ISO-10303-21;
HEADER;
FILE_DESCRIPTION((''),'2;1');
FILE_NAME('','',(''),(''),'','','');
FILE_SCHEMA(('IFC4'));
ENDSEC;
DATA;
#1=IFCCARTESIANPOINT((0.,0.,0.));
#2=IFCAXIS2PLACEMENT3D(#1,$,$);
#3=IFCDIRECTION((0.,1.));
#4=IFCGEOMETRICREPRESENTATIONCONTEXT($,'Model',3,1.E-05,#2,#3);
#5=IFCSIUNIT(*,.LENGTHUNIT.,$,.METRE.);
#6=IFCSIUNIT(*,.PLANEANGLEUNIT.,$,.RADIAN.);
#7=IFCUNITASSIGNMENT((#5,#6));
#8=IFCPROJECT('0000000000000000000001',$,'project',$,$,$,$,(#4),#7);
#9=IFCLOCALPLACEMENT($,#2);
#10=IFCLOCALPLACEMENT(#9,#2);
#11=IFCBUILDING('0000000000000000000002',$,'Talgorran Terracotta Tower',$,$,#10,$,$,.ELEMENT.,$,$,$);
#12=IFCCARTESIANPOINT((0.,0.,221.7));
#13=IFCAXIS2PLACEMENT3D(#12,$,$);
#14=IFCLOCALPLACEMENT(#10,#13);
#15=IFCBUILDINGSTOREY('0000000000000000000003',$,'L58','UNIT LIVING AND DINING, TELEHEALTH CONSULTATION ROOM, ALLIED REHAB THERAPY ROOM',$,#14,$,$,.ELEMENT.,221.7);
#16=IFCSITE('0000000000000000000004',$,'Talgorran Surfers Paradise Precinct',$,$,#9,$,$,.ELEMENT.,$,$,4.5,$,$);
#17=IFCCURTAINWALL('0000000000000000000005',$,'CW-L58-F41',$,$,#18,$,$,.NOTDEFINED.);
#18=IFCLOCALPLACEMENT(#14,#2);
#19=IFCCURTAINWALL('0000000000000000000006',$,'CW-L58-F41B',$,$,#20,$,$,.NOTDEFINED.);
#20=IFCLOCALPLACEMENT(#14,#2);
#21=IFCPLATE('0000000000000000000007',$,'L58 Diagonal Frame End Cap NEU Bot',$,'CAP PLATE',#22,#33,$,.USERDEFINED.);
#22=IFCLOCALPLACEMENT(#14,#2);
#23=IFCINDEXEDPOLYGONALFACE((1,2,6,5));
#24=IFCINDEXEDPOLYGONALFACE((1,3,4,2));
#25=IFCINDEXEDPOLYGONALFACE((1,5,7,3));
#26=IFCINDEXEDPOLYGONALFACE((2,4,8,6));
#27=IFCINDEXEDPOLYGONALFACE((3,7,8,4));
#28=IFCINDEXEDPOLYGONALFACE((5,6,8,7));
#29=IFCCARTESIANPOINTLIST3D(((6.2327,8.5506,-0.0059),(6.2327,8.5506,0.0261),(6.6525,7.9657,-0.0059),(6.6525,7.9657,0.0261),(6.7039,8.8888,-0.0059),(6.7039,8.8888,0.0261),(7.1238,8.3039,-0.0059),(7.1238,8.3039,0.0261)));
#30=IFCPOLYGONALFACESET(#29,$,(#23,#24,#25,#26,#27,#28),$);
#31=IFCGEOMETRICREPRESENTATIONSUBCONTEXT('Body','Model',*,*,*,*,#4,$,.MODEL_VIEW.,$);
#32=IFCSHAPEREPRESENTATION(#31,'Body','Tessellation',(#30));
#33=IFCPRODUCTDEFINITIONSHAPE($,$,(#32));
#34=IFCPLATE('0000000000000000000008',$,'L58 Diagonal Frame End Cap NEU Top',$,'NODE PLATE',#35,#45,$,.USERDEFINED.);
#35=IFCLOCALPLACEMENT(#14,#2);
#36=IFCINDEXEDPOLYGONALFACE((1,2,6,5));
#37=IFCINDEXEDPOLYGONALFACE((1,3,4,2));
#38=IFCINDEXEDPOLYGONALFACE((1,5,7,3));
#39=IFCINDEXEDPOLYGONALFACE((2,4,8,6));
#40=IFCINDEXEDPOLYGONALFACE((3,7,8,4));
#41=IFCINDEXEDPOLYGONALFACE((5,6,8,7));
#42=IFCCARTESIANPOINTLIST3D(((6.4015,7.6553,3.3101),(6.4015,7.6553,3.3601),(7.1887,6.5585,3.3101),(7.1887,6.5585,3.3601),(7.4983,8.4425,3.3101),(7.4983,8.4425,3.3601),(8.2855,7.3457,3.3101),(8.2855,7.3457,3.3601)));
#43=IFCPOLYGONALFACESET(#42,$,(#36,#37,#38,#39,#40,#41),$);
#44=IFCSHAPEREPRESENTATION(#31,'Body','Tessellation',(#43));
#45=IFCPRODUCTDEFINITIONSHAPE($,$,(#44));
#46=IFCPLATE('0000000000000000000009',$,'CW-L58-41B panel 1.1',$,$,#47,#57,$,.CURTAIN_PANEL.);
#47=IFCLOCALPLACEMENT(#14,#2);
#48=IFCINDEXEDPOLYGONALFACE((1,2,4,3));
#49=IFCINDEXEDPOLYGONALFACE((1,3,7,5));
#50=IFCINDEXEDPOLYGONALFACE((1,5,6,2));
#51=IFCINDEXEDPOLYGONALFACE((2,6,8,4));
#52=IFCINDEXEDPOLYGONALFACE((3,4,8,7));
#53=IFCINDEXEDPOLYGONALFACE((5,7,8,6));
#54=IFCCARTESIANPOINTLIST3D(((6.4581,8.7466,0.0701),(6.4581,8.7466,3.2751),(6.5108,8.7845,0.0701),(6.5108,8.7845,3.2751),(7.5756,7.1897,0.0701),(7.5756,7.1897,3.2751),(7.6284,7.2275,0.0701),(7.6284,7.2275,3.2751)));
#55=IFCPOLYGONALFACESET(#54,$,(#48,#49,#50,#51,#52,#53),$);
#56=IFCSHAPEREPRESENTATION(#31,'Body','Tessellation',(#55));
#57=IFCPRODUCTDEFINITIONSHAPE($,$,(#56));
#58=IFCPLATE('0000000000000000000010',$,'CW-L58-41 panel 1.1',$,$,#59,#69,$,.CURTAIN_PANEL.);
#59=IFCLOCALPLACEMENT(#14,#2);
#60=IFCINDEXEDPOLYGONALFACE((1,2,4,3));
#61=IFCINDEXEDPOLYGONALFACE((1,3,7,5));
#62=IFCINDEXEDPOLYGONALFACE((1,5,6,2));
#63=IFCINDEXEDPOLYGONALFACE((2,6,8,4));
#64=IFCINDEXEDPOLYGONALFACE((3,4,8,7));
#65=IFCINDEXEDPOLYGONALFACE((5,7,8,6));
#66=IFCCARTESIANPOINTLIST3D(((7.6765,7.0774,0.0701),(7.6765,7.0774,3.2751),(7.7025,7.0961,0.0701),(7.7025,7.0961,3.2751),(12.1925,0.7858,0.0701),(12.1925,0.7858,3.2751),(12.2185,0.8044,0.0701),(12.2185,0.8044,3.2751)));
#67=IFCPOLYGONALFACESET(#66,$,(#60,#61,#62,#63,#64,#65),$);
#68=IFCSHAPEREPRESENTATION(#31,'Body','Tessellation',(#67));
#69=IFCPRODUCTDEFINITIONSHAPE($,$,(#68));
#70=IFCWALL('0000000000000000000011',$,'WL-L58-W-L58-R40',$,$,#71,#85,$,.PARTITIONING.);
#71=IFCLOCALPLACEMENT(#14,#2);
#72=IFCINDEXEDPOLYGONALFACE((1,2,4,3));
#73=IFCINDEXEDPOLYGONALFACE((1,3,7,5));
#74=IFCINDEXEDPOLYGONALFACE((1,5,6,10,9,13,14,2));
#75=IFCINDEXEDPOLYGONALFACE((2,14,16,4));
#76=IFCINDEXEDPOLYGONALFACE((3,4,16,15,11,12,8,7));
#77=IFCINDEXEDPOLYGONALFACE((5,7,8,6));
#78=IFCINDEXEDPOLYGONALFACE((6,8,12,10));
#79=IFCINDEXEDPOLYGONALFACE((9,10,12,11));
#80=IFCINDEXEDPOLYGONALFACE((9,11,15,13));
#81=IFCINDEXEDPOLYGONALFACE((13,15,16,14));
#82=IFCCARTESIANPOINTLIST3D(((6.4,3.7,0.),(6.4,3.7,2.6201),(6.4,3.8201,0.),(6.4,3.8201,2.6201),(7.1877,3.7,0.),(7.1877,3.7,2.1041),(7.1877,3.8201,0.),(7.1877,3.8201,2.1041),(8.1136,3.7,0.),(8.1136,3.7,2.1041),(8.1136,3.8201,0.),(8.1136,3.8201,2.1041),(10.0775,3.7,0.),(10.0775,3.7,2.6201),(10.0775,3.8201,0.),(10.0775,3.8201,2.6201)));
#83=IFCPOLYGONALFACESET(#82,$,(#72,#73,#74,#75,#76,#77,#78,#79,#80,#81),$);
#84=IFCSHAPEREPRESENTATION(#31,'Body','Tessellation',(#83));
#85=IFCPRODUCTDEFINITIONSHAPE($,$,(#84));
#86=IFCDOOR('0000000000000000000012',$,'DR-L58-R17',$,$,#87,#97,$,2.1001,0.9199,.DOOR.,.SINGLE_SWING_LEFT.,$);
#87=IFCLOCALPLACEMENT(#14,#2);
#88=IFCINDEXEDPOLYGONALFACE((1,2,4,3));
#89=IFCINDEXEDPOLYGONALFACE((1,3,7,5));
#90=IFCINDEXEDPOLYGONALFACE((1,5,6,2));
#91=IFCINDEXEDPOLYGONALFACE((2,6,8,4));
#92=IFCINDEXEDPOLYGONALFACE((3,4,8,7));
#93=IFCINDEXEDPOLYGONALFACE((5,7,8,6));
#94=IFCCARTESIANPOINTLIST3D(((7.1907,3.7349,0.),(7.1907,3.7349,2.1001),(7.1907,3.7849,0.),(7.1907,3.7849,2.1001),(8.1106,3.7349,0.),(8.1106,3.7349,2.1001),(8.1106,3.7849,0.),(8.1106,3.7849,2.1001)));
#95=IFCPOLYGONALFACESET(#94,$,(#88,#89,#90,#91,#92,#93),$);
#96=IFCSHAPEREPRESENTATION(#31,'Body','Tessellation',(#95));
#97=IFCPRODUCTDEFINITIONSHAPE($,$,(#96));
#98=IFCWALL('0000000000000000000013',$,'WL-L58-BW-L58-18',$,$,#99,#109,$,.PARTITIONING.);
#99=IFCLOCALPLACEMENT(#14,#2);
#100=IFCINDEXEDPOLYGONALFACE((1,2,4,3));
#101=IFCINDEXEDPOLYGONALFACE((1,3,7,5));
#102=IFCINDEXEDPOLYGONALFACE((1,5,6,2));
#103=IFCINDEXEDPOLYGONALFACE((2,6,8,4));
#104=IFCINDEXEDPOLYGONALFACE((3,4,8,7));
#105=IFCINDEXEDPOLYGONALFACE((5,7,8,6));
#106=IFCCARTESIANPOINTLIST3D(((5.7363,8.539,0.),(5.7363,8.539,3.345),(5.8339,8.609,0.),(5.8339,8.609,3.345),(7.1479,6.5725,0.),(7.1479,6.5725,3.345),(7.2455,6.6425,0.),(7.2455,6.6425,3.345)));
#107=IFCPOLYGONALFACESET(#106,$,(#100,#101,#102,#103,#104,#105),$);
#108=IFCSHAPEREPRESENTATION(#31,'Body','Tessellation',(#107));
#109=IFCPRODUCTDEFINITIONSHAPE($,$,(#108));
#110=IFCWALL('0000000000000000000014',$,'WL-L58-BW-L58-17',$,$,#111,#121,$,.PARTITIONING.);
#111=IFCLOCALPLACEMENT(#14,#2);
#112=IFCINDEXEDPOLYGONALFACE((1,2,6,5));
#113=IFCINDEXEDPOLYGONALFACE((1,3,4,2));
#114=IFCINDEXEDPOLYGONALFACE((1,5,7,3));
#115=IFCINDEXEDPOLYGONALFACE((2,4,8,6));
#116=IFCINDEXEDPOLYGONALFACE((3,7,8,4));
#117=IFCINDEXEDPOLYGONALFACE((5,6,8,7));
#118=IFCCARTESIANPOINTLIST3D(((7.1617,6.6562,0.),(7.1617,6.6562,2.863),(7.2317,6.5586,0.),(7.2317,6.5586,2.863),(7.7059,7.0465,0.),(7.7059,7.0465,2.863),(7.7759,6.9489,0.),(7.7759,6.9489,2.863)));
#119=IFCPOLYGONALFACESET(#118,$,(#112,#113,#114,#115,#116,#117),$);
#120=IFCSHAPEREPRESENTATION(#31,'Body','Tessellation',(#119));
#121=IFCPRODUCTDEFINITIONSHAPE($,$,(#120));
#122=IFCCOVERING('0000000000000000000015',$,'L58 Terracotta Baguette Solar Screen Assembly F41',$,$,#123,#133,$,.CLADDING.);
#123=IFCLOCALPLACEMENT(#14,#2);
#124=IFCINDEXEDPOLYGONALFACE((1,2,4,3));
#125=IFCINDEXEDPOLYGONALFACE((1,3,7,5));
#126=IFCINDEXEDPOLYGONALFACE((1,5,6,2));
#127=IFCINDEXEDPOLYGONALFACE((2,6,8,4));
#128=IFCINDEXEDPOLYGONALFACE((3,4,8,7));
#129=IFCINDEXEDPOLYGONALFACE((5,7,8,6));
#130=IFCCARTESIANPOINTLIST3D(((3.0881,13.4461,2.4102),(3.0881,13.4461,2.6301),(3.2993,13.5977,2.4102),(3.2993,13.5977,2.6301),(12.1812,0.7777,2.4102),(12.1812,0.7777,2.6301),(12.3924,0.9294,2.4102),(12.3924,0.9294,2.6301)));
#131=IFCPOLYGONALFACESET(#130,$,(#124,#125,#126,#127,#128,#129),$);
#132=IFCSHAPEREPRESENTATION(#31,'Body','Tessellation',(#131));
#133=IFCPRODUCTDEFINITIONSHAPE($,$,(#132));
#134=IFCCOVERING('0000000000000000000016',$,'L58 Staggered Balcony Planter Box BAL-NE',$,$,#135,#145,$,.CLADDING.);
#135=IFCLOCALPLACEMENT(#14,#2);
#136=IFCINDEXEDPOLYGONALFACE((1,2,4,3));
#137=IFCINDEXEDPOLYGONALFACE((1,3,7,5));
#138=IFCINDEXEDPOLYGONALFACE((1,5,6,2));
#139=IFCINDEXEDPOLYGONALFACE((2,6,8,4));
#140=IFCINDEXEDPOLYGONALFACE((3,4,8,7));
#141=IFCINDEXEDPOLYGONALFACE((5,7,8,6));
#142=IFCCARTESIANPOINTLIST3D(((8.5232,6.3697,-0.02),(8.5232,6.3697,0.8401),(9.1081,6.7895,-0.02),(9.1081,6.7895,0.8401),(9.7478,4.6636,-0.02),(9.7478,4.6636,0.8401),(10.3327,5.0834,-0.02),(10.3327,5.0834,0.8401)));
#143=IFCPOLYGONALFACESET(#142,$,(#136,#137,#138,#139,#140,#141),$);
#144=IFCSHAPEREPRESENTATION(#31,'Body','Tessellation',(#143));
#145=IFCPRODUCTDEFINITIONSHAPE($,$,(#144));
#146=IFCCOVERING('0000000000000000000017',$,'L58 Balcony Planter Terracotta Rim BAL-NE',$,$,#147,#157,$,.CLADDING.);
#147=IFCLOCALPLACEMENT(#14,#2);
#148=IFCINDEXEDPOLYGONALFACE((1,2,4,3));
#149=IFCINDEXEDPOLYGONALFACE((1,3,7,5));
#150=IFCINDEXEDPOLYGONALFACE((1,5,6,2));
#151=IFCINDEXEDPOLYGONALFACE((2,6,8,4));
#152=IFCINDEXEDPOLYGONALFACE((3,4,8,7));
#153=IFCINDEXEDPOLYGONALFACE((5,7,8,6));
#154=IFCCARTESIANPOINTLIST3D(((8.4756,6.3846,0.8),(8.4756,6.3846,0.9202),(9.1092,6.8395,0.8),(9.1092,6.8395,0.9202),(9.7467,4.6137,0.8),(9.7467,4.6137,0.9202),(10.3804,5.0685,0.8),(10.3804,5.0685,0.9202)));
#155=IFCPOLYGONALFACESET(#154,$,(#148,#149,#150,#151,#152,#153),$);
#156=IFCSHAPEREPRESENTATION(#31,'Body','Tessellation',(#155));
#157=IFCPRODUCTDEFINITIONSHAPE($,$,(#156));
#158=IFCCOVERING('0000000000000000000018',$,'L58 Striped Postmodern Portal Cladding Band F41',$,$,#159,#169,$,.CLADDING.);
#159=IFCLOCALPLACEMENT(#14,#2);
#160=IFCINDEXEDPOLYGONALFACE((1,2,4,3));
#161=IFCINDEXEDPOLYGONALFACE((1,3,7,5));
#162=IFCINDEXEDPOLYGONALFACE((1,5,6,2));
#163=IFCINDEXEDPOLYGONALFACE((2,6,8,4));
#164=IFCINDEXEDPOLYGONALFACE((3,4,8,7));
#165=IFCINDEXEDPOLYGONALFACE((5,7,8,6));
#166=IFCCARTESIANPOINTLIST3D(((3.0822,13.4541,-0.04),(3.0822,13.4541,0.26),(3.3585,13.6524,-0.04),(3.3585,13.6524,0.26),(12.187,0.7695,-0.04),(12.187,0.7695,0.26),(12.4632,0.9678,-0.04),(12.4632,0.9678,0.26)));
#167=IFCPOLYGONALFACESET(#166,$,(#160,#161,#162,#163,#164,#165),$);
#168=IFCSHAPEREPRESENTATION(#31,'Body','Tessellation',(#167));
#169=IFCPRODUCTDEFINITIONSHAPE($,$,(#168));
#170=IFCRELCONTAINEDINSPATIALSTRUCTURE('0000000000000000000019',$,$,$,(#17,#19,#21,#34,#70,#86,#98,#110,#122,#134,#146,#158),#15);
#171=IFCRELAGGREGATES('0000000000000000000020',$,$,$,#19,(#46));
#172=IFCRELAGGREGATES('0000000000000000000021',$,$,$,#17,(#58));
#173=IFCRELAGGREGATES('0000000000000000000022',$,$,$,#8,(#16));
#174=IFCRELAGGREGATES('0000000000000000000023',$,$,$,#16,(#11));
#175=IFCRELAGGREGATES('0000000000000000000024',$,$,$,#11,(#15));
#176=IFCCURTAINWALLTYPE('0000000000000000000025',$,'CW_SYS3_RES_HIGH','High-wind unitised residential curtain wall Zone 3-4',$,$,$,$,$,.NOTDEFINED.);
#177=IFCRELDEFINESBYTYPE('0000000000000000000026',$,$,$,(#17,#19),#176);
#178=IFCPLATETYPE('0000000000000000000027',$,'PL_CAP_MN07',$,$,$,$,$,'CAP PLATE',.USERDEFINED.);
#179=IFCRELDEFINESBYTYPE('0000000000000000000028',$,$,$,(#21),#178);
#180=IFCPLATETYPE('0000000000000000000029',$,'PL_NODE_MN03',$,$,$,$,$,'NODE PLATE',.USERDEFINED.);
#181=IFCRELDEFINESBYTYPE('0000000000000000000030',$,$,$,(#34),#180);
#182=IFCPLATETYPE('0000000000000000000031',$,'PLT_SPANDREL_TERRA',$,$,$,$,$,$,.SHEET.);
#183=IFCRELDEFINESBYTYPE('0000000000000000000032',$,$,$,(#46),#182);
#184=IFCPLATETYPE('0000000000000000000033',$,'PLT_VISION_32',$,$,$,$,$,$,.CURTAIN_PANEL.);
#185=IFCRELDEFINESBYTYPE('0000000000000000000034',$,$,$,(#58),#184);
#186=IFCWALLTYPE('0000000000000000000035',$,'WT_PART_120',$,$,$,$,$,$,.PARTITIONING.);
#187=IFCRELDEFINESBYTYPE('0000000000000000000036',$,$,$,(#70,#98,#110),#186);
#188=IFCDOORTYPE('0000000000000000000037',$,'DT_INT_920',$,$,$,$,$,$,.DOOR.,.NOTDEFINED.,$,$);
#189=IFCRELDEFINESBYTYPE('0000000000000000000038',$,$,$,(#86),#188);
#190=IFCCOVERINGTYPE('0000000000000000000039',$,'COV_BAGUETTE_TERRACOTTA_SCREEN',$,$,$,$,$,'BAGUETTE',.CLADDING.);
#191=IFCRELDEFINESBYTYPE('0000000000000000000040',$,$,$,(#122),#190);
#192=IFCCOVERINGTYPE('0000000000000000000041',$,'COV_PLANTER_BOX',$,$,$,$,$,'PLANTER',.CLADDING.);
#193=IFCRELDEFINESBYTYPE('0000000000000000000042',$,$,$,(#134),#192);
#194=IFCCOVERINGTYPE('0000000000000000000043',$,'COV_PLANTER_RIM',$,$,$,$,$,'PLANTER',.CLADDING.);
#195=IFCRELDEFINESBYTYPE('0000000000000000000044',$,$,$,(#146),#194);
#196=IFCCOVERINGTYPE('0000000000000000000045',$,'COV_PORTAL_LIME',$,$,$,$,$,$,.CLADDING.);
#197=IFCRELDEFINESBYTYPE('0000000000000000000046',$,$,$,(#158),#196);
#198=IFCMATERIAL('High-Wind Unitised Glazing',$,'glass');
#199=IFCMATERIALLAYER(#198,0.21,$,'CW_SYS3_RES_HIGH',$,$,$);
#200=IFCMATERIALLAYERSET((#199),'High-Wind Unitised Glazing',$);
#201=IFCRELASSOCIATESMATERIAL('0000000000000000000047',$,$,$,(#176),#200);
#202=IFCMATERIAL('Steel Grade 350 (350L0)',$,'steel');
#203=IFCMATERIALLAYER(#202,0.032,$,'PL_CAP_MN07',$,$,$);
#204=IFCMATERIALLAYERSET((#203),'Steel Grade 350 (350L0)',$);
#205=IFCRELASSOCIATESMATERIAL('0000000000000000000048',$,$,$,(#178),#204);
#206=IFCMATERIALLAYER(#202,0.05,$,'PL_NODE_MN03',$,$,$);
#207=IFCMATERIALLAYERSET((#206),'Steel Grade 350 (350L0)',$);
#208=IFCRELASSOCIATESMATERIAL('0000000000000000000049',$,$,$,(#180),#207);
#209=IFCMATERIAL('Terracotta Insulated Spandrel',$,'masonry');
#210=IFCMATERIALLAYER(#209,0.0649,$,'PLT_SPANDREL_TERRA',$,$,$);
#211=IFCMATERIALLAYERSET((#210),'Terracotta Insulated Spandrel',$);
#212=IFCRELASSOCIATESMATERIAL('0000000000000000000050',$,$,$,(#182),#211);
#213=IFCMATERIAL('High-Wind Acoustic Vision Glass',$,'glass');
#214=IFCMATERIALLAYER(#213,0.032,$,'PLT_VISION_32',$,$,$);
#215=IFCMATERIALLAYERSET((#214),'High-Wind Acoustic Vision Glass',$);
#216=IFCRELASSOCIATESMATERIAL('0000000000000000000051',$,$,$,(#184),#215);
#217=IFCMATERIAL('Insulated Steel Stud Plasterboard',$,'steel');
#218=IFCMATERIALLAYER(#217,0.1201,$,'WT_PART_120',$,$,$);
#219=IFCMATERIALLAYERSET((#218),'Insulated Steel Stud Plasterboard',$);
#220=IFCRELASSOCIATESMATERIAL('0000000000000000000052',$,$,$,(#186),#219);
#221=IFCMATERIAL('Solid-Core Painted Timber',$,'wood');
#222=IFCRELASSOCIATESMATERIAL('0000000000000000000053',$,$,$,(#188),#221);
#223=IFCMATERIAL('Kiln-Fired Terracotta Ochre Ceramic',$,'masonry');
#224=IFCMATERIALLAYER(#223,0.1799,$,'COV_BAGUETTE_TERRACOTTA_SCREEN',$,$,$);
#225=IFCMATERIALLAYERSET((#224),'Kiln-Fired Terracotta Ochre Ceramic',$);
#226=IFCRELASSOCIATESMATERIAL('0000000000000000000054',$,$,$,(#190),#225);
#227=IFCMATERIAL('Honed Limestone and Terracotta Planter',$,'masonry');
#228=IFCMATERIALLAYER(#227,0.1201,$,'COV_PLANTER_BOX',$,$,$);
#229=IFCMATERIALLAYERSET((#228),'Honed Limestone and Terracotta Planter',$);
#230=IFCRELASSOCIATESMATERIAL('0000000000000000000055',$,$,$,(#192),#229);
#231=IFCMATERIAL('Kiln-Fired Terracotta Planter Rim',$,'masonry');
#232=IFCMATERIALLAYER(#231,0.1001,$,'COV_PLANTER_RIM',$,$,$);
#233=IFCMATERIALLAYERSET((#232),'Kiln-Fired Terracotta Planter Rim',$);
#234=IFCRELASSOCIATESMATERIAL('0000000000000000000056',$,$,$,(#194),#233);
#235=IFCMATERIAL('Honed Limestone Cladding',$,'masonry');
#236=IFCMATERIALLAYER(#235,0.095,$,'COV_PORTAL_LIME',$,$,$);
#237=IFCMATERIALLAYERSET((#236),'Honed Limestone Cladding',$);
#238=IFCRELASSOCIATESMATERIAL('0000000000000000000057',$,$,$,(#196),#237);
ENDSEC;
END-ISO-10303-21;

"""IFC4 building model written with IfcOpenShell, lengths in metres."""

from ifc_helpers import new_model, si_unit, direction, frame, frame_2d, origin, origin_2d, place, context, subcontext, project, spatial, rectangle, extrude, source, transform, mapped, material, layer, layer_set, type_object, type_shapes, element, fill, aggregate, save


model = new_model("IFC4")

# Units and contexts
model_context = context("Model", 3, precision=1e-05, world=origin(), true_north=direction((0.0, 1.0)))
body_context = subcontext(model_context, "Body", "Model", "MODEL_VIEW")
ifc_project = project(units=[si_unit("LENGTHUNIT", "METRE"), si_unit("PLANEANGLEUNIT", "RADIAN")], contexts=[model_context])

# Site, building, storey
site_placement = place(None, origin())
site = spatial("IfcSite", under=ifc_project, at=site_placement, Name="Talgorran Surfers Paradise Precinct", CompositionType="ELEMENT", RefElevation=4.5)
building_placement = place(site_placement, origin())
building = spatial("IfcBuilding", under=site, at=building_placement, Name="Talgorran Terracotta Tower", CompositionType="ELEMENT")
storey_placement = place(building_placement, frame((0.0, 0.0, 221.7)))
storey = spatial("IfcBuildingStorey", under=building, at=storey_placement, Name="L58", Description="UNIT LIVING AND DINING, TELEHEALTH CONSULTATION ROOM, ALLIED REHAB THERAPY ROOM", CompositionType="ELEMENT", Elevation=221.7)

# Shared definitions
ifc_material_1 = material(Name="Steel Grade 350 (350L0)", Category="steel")

# Curtain wall
ifc_material_2 = material(Name="High-Wind Unitised Glazing", Category="glass")
ifc_layer_1 = layer(ifc_material_2, 0.21, Name="CW_SYS3_RES_HIGH")
ifc_layer_set_1 = layer_set([ifc_layer_1], Name="High-Wind Unitised Glazing")
curtain_wall_type = type_object("IfcCurtainWallType", Name="CW_SYS3_RES_HIGH", Description="High-wind unitised residential curtain wall Zone 3-4", PredefinedType="NOTDEFINED", material=ifc_layer_set_1)
curtain_wall_1_placement = place(storey_placement, origin())
curtain_wall_1 = element("IfcCurtainWall", 1, at=curtain_wall_1_placement, inside=storey, type_object=curtain_wall_type, Name="CW-L58-F41", PredefinedType="NOTDEFINED")

# Curtain wall
curtain_wall_2_placement = place(storey_placement, origin())
curtain_wall_2 = element("IfcCurtainWall", 2, at=curtain_wall_2_placement, inside=storey, type_object=curtain_wall_type, Name="CW-L58-F41B", PredefinedType="NOTDEFINED")

# Plates
ifc_layer_2 = layer(ifc_material_1, 0.032, Name="PL_CAP_MN07")
ifc_layer_set_2 = layer_set([ifc_layer_2], Name="Steel Grade 350 (350L0)")
plate_type_1 = type_object("IfcPlateType", Name="PL_CAP_MN07", ElementType="CAP PLATE", PredefinedType="USERDEFINED", material=ifc_layer_set_2)
plate_1_placement = place(storey_placement, frame((6.6782, 8.4272, -0.0059), z_axis=(0.0, 0.0, 1.0), x_axis=(0.583116, -0.812389, 0.0)))
element("IfcPlate", 3, at=plate_1_placement, inside=storey, type_object=plate_type_1, Name="L58 Diagonal Frame End Cap NEU Bot", ObjectType="CAP PLATE", PredefinedType="USERDEFINED", context=body_context, shape_type="SweptSolid", body=[
    extrude(rectangle(XDim=0.72, YDim=0.5801, at=origin_2d()), origin(), (0.0, 0.0, 1.0), 0.032),
])
ifc_layer_3 = layer(ifc_material_1, 0.05, Name="PL_NODE_MN03")
ifc_layer_set_3 = layer_set([ifc_layer_3], Name="Steel Grade 350 (350L0)")
plate_type_2 = type_object("IfcPlateType", Name="PL_NODE_MN03", ElementType="NODE PLATE", PredefinedType="USERDEFINED", material=ifc_layer_set_3)
plate_2_placement = place(storey_placement, frame((7.3435, 7.5005, 3.3101), z_axis=(0.0, 0.0, 1.0), x_axis=(0.583116, -0.812389, 0.0)))
element("IfcPlate", 4, at=plate_2_placement, inside=storey, type_object=plate_type_2, Name="L58 Diagonal Frame End Cap NEU Top", ObjectType="NODE PLATE", PredefinedType="USERDEFINED", context=body_context, shape_type="SweptSolid", body=[
    extrude(rectangle(XDim=1.3501, YDim=1.3501, at=origin_2d()), origin(), (0.0, 0.0, 1.0), 0.05),
])

# Plates
ifc_material_3 = material(Name="Terracotta Insulated Spandrel", Category="masonry")
ifc_layer_4 = layer(ifc_material_3, 0.0649, Name="PLT_SPANDREL_TERRA")
ifc_layer_set_4 = layer_set([ifc_layer_4], Name="Terracotta Insulated Spandrel")
plate_type_3 = type_object("IfcPlateType", Name="PLT_SPANDREL_TERRA", PredefinedType="SHEET", material=ifc_layer_set_4)
shared_shape_1 = source(origin(), body_context, "Body", "SweptSolid", [
    extrude(rectangle(XDim=1.9165, YDim=0.0649, at=origin_2d()), origin(), (0.0, 0.0, 1.0), 3.2051),
])
type_shapes(plate_type_3, [shared_shape_1])
plate_3_placement = place(storey_placement, frame((7.0432, 7.9871, 0.0701), z_axis=(0.0, 0.0, 1.0), x_axis=(-0.583118, 0.812388, 0.0)))
plate_3 = element("IfcPlate", 5, at=plate_3_placement, type_object=plate_type_3, Name="CW-L58-41B panel 1.1", PredefinedType="CURTAIN_PANEL", context=body_context, shape_type="MappedRepresentation", body=[
    mapped(shared_shape_1, transform((0.0, 0.0, 0.0), scale=1.0)),
])
aggregate(curtain_wall_2, [plate_3])
ifc_material_4 = material(Name="High-Wind Acoustic Vision Glass", Category="glass")
ifc_layer_5 = layer(ifc_material_4, 0.032, Name="PLT_VISION_32")
ifc_layer_set_5 = layer_set([ifc_layer_5], Name="High-Wind Acoustic Vision Glass")
plate_type_4 = type_object("IfcPlateType", Name="PLT_VISION_32", PredefinedType="CURTAIN_PANEL", material=ifc_layer_set_5)
shared_shape_2 = source(origin(), body_context, "Body", "SweptSolid", [
    extrude(rectangle(XDim=7.7446, YDim=0.032, at=origin_2d()), origin(), (0.0, 0.0, 1.0), 3.2051),
])
type_shapes(plate_type_4, [shared_shape_2])
plate_4_placement = place(storey_placement, frame((9.9475, 3.9409, 0.0701), z_axis=(0.0, 0.0, 1.0), x_axis=(-0.583117, 0.812388, 0.0)))
plate_4 = element("IfcPlate", 6, at=plate_4_placement, type_object=plate_type_4, Name="CW-L58-41 panel 1.1", PredefinedType="CURTAIN_PANEL", context=body_context, shape_type="MappedRepresentation", body=[
    mapped(shared_shape_2, transform((0.0, 0.0, 0.0), scale=1.0)),
])
aggregate(curtain_wall_1, [plate_4])

# Wall, opening, door
ifc_material_5 = material(Name="Insulated Steel Stud Plasterboard", Category="steel")
ifc_layer_6 = layer(ifc_material_5, 0.1201, Name="WT_PART_120")
ifc_layer_set_6 = layer_set([ifc_layer_6], Name="Insulated Steel Stud Plasterboard")
wall_type = type_object("IfcWallType", Name="WT_PART_120", PredefinedType="PARTITIONING", material=ifc_layer_set_6)
wall_1_placement = place(storey_placement, frame((6.3999, 3.76, 0.0), z_axis=(0.0, 0.0, 1.0), x_axis=(1.0, 0.0, 0.0)))
wall_1 = element("IfcWall", 7, at=wall_1_placement, inside=storey, type_object=wall_type, Name="WL-L58-W-L58-R40", PredefinedType="PARTITIONING", context=body_context, shape_type="SweptSolid", body=[
    extrude(rectangle(XDim=3.6775, YDim=0.1201, at=frame_2d((1.8389, 0.0))), origin(), (0.0, 0.0, 1.0), 2.6201),
])
opening_placement = place(wall_1_placement, frame((0.7908, 0.0, 0.0)))
opening = element("IfcOpeningElement", 8, at=opening_placement, cuts=wall_1, PredefinedType="OPENING", context=body_context, shape_type="SweptSolid", body=[
    extrude(rectangle(XDim=0.9259, YDim=2.1041, at=frame_2d((0.46, 1.052))), frame((0.0, 0.0701, 0.0), z_axis=(0.0, -1.0, 0.0), x_axis=(1.0, 0.0, 0.0)), (0.0, 0.0, 1.0), 0.1401),
])
ifc_material_6 = material(Name="Solid-Core Painted Timber", Category="wood")
door_type = type_object("IfcDoorType", Name="DT_INT_920", OperationType="NOTDEFINED", PredefinedType="DOOR", material=ifc_material_6)
door_placement = place(opening_placement, origin())
door = element("IfcDoor", 9, at=door_placement, inside=storey, type_object=door_type, Name="DR-L58-R17", OperationType="SINGLE_SWING_LEFT", OverallHeight=2.1001, OverallWidth=0.9199, PredefinedType="DOOR", context=body_context, shape_type="SweptSolid", body=[
    extrude(rectangle(XDim=0.9199, YDim=2.1001, at=frame_2d((0.46, 1.05))), frame((0.0, 0.0249, 0.0), z_axis=(0.0, -1.0, 0.0), x_axis=(1.0, 0.0, 0.0)), (0.0, 0.0, 1.0), 0.05),
])
fill(opening, door)

# Walls
wall_2_placement = place(storey_placement, frame((7.1968, 6.6074, 0.0), z_axis=(0.0, 0.0, 1.0), x_axis=(-0.583135, 0.812375, 0.0)))
element("IfcWall", 10, at=wall_2_placement, inside=storey, type_object=wall_type, Name="WL-L58-BW-L58-18", PredefinedType="PARTITIONING", context=body_context, shape_type="SweptSolid", body=[
    extrude(rectangle(XDim=2.4207, YDim=0.1201, at=frame_2d((1.2104, 0.0))), origin(), (0.0, 0.0, 1.0), 3.345),
])
wall_3_placement = place(storey_placement, frame((7.741, 6.9978, 0.0), z_axis=(0.0, 0.0, 1.0), x_axis=(-0.81255, -0.582892, 0.0)))
element("IfcWall", 11, at=wall_3_placement, inside=storey, type_object=wall_type, Name="WL-L58-BW-L58-17", PredefinedType="PARTITIONING", context=body_context, shape_type="SweptSolid", body=[
    extrude(rectangle(XDim=0.6697, YDim=0.1201, at=frame_2d((0.335, 0.0))), origin(), (0.0, 0.0, 1.0), 2.863),
])

# Coverings
ifc_material_7 = material(Name="Kiln-Fired Terracotta Ochre Ceramic", Category="masonry")
ifc_layer_7 = layer(ifc_material_7, 0.1799, Name="COV_BAGUETTE_TERRACOTTA_SCREEN")
ifc_layer_set_7 = layer_set([ifc_layer_7], Name="Kiln-Fired Terracotta Ochre Ceramic")
covering_type_1 = type_object("IfcCoveringType", Name="COV_BAGUETTE_TERRACOTTA_SCREEN", ElementType="BAGUETTE", PredefinedType="CLADDING", material=ifc_layer_set_7)
covering_1_placement = place(storey_placement, frame((7.7402, 7.1877, 2.4102), z_axis=(0.0, 0.0, 1.0), x_axis=(-0.583116, 0.812389, 0.0)))
element("IfcCovering", 12, at=covering_1_placement, inside=storey, type_object=covering_type_1, Name="L58 Terracotta Baguette Solar Screen Assembly F41", PredefinedType="CLADDING", context=body_context, shape_type="SweptSolid", body=[
    extrude(rectangle(XDim=15.594, YDim=0.26, at=origin_2d()), origin(), (0.0, 0.0, 1.0), 0.22),
])
ifc_material_8 = material(Name="Honed Limestone and Terracotta Planter", Category="masonry")
ifc_layer_8 = layer(ifc_material_8, 0.1201, Name="COV_PLANTER_BOX")
ifc_layer_set_8 = layer_set([ifc_layer_8], Name="Honed Limestone and Terracotta Planter")
covering_type_2 = type_object("IfcCoveringType", Name="COV_PLANTER_BOX", ElementType="PLANTER", PredefinedType="CLADDING", material=ifc_layer_set_8)
covering_2_placement = place(storey_placement, frame((9.428, 5.7266, -0.02), z_axis=(0.0, 0.0, 1.0), x_axis=(-0.583116, 0.812389, 0.0)))
element("IfcCovering", 13, at=covering_2_placement, inside=storey, type_object=covering_type_2, Name="L58 Staggered Balcony Planter Box BAL-NE", PredefinedType="CLADDING", context=body_context, shape_type="SweptSolid", body=[
    extrude(rectangle(XDim=2.1001, YDim=0.72, at=origin_2d()), origin(), (0.0, 0.0, 1.0), 0.8601),
])
ifc_material_9 = material(Name="Kiln-Fired Terracotta Planter Rim", Category="masonry")
ifc_layer_9 = layer(ifc_material_9, 0.1001, Name="COV_PLANTER_RIM")
ifc_layer_set_9 = layer_set([ifc_layer_9], Name="Kiln-Fired Terracotta Planter Rim")
covering_type_3 = type_object("IfcCoveringType", Name="COV_PLANTER_RIM", ElementType="PLANTER", PredefinedType="CLADDING", material=ifc_layer_set_9)
covering_3_placement = place(storey_placement, frame((9.428, 5.7266, 0.8), z_axis=(0.0, 0.0, 1.0), x_axis=(-0.583116, 0.812389, 0.0)))
element("IfcCovering", 14, at=covering_3_placement, inside=storey, type_object=covering_type_3, Name="L58 Balcony Planter Terracotta Rim BAL-NE", PredefinedType="CLADDING", context=body_context, shape_type="SweptSolid", body=[
    extrude(rectangle(XDim=2.1799, YDim=0.78, at=origin_2d()), origin(), (0.0, 0.0, 1.0), 0.1201),
])
ifc_material_10 = material(Name="Honed Limestone Cladding", Category="masonry")
ifc_layer_10 = layer(ifc_material_10, 0.095, Name="COV_PORTAL_LIME")
ifc_layer_set_10 = layer_set([ifc_layer_10], Name="Honed Limestone Cladding")
covering_type_4 = type_object("IfcCoveringType", Name="COV_PORTAL_LIME", PredefinedType="CLADDING", material=ifc_layer_set_10)
covering_4_placement = place(storey_placement, frame((7.7727, 7.2109, -0.04), z_axis=(0.0, 0.0, 1.0), x_axis=(-0.583116, 0.812389, 0.0)))
element("IfcCovering", 15, at=covering_4_placement, inside=storey, type_object=covering_type_4, Name="L58 Striped Postmodern Portal Cladding Band F41", PredefinedType="CLADDING", context=body_context, shape_type="SweptSolid", body=[
    extrude(rectangle(XDim=15.614, YDim=0.3401, at=origin_2d()), origin(), (0.0, 0.0, 1.0), 0.3),
])

save(model, "model.ifc")
